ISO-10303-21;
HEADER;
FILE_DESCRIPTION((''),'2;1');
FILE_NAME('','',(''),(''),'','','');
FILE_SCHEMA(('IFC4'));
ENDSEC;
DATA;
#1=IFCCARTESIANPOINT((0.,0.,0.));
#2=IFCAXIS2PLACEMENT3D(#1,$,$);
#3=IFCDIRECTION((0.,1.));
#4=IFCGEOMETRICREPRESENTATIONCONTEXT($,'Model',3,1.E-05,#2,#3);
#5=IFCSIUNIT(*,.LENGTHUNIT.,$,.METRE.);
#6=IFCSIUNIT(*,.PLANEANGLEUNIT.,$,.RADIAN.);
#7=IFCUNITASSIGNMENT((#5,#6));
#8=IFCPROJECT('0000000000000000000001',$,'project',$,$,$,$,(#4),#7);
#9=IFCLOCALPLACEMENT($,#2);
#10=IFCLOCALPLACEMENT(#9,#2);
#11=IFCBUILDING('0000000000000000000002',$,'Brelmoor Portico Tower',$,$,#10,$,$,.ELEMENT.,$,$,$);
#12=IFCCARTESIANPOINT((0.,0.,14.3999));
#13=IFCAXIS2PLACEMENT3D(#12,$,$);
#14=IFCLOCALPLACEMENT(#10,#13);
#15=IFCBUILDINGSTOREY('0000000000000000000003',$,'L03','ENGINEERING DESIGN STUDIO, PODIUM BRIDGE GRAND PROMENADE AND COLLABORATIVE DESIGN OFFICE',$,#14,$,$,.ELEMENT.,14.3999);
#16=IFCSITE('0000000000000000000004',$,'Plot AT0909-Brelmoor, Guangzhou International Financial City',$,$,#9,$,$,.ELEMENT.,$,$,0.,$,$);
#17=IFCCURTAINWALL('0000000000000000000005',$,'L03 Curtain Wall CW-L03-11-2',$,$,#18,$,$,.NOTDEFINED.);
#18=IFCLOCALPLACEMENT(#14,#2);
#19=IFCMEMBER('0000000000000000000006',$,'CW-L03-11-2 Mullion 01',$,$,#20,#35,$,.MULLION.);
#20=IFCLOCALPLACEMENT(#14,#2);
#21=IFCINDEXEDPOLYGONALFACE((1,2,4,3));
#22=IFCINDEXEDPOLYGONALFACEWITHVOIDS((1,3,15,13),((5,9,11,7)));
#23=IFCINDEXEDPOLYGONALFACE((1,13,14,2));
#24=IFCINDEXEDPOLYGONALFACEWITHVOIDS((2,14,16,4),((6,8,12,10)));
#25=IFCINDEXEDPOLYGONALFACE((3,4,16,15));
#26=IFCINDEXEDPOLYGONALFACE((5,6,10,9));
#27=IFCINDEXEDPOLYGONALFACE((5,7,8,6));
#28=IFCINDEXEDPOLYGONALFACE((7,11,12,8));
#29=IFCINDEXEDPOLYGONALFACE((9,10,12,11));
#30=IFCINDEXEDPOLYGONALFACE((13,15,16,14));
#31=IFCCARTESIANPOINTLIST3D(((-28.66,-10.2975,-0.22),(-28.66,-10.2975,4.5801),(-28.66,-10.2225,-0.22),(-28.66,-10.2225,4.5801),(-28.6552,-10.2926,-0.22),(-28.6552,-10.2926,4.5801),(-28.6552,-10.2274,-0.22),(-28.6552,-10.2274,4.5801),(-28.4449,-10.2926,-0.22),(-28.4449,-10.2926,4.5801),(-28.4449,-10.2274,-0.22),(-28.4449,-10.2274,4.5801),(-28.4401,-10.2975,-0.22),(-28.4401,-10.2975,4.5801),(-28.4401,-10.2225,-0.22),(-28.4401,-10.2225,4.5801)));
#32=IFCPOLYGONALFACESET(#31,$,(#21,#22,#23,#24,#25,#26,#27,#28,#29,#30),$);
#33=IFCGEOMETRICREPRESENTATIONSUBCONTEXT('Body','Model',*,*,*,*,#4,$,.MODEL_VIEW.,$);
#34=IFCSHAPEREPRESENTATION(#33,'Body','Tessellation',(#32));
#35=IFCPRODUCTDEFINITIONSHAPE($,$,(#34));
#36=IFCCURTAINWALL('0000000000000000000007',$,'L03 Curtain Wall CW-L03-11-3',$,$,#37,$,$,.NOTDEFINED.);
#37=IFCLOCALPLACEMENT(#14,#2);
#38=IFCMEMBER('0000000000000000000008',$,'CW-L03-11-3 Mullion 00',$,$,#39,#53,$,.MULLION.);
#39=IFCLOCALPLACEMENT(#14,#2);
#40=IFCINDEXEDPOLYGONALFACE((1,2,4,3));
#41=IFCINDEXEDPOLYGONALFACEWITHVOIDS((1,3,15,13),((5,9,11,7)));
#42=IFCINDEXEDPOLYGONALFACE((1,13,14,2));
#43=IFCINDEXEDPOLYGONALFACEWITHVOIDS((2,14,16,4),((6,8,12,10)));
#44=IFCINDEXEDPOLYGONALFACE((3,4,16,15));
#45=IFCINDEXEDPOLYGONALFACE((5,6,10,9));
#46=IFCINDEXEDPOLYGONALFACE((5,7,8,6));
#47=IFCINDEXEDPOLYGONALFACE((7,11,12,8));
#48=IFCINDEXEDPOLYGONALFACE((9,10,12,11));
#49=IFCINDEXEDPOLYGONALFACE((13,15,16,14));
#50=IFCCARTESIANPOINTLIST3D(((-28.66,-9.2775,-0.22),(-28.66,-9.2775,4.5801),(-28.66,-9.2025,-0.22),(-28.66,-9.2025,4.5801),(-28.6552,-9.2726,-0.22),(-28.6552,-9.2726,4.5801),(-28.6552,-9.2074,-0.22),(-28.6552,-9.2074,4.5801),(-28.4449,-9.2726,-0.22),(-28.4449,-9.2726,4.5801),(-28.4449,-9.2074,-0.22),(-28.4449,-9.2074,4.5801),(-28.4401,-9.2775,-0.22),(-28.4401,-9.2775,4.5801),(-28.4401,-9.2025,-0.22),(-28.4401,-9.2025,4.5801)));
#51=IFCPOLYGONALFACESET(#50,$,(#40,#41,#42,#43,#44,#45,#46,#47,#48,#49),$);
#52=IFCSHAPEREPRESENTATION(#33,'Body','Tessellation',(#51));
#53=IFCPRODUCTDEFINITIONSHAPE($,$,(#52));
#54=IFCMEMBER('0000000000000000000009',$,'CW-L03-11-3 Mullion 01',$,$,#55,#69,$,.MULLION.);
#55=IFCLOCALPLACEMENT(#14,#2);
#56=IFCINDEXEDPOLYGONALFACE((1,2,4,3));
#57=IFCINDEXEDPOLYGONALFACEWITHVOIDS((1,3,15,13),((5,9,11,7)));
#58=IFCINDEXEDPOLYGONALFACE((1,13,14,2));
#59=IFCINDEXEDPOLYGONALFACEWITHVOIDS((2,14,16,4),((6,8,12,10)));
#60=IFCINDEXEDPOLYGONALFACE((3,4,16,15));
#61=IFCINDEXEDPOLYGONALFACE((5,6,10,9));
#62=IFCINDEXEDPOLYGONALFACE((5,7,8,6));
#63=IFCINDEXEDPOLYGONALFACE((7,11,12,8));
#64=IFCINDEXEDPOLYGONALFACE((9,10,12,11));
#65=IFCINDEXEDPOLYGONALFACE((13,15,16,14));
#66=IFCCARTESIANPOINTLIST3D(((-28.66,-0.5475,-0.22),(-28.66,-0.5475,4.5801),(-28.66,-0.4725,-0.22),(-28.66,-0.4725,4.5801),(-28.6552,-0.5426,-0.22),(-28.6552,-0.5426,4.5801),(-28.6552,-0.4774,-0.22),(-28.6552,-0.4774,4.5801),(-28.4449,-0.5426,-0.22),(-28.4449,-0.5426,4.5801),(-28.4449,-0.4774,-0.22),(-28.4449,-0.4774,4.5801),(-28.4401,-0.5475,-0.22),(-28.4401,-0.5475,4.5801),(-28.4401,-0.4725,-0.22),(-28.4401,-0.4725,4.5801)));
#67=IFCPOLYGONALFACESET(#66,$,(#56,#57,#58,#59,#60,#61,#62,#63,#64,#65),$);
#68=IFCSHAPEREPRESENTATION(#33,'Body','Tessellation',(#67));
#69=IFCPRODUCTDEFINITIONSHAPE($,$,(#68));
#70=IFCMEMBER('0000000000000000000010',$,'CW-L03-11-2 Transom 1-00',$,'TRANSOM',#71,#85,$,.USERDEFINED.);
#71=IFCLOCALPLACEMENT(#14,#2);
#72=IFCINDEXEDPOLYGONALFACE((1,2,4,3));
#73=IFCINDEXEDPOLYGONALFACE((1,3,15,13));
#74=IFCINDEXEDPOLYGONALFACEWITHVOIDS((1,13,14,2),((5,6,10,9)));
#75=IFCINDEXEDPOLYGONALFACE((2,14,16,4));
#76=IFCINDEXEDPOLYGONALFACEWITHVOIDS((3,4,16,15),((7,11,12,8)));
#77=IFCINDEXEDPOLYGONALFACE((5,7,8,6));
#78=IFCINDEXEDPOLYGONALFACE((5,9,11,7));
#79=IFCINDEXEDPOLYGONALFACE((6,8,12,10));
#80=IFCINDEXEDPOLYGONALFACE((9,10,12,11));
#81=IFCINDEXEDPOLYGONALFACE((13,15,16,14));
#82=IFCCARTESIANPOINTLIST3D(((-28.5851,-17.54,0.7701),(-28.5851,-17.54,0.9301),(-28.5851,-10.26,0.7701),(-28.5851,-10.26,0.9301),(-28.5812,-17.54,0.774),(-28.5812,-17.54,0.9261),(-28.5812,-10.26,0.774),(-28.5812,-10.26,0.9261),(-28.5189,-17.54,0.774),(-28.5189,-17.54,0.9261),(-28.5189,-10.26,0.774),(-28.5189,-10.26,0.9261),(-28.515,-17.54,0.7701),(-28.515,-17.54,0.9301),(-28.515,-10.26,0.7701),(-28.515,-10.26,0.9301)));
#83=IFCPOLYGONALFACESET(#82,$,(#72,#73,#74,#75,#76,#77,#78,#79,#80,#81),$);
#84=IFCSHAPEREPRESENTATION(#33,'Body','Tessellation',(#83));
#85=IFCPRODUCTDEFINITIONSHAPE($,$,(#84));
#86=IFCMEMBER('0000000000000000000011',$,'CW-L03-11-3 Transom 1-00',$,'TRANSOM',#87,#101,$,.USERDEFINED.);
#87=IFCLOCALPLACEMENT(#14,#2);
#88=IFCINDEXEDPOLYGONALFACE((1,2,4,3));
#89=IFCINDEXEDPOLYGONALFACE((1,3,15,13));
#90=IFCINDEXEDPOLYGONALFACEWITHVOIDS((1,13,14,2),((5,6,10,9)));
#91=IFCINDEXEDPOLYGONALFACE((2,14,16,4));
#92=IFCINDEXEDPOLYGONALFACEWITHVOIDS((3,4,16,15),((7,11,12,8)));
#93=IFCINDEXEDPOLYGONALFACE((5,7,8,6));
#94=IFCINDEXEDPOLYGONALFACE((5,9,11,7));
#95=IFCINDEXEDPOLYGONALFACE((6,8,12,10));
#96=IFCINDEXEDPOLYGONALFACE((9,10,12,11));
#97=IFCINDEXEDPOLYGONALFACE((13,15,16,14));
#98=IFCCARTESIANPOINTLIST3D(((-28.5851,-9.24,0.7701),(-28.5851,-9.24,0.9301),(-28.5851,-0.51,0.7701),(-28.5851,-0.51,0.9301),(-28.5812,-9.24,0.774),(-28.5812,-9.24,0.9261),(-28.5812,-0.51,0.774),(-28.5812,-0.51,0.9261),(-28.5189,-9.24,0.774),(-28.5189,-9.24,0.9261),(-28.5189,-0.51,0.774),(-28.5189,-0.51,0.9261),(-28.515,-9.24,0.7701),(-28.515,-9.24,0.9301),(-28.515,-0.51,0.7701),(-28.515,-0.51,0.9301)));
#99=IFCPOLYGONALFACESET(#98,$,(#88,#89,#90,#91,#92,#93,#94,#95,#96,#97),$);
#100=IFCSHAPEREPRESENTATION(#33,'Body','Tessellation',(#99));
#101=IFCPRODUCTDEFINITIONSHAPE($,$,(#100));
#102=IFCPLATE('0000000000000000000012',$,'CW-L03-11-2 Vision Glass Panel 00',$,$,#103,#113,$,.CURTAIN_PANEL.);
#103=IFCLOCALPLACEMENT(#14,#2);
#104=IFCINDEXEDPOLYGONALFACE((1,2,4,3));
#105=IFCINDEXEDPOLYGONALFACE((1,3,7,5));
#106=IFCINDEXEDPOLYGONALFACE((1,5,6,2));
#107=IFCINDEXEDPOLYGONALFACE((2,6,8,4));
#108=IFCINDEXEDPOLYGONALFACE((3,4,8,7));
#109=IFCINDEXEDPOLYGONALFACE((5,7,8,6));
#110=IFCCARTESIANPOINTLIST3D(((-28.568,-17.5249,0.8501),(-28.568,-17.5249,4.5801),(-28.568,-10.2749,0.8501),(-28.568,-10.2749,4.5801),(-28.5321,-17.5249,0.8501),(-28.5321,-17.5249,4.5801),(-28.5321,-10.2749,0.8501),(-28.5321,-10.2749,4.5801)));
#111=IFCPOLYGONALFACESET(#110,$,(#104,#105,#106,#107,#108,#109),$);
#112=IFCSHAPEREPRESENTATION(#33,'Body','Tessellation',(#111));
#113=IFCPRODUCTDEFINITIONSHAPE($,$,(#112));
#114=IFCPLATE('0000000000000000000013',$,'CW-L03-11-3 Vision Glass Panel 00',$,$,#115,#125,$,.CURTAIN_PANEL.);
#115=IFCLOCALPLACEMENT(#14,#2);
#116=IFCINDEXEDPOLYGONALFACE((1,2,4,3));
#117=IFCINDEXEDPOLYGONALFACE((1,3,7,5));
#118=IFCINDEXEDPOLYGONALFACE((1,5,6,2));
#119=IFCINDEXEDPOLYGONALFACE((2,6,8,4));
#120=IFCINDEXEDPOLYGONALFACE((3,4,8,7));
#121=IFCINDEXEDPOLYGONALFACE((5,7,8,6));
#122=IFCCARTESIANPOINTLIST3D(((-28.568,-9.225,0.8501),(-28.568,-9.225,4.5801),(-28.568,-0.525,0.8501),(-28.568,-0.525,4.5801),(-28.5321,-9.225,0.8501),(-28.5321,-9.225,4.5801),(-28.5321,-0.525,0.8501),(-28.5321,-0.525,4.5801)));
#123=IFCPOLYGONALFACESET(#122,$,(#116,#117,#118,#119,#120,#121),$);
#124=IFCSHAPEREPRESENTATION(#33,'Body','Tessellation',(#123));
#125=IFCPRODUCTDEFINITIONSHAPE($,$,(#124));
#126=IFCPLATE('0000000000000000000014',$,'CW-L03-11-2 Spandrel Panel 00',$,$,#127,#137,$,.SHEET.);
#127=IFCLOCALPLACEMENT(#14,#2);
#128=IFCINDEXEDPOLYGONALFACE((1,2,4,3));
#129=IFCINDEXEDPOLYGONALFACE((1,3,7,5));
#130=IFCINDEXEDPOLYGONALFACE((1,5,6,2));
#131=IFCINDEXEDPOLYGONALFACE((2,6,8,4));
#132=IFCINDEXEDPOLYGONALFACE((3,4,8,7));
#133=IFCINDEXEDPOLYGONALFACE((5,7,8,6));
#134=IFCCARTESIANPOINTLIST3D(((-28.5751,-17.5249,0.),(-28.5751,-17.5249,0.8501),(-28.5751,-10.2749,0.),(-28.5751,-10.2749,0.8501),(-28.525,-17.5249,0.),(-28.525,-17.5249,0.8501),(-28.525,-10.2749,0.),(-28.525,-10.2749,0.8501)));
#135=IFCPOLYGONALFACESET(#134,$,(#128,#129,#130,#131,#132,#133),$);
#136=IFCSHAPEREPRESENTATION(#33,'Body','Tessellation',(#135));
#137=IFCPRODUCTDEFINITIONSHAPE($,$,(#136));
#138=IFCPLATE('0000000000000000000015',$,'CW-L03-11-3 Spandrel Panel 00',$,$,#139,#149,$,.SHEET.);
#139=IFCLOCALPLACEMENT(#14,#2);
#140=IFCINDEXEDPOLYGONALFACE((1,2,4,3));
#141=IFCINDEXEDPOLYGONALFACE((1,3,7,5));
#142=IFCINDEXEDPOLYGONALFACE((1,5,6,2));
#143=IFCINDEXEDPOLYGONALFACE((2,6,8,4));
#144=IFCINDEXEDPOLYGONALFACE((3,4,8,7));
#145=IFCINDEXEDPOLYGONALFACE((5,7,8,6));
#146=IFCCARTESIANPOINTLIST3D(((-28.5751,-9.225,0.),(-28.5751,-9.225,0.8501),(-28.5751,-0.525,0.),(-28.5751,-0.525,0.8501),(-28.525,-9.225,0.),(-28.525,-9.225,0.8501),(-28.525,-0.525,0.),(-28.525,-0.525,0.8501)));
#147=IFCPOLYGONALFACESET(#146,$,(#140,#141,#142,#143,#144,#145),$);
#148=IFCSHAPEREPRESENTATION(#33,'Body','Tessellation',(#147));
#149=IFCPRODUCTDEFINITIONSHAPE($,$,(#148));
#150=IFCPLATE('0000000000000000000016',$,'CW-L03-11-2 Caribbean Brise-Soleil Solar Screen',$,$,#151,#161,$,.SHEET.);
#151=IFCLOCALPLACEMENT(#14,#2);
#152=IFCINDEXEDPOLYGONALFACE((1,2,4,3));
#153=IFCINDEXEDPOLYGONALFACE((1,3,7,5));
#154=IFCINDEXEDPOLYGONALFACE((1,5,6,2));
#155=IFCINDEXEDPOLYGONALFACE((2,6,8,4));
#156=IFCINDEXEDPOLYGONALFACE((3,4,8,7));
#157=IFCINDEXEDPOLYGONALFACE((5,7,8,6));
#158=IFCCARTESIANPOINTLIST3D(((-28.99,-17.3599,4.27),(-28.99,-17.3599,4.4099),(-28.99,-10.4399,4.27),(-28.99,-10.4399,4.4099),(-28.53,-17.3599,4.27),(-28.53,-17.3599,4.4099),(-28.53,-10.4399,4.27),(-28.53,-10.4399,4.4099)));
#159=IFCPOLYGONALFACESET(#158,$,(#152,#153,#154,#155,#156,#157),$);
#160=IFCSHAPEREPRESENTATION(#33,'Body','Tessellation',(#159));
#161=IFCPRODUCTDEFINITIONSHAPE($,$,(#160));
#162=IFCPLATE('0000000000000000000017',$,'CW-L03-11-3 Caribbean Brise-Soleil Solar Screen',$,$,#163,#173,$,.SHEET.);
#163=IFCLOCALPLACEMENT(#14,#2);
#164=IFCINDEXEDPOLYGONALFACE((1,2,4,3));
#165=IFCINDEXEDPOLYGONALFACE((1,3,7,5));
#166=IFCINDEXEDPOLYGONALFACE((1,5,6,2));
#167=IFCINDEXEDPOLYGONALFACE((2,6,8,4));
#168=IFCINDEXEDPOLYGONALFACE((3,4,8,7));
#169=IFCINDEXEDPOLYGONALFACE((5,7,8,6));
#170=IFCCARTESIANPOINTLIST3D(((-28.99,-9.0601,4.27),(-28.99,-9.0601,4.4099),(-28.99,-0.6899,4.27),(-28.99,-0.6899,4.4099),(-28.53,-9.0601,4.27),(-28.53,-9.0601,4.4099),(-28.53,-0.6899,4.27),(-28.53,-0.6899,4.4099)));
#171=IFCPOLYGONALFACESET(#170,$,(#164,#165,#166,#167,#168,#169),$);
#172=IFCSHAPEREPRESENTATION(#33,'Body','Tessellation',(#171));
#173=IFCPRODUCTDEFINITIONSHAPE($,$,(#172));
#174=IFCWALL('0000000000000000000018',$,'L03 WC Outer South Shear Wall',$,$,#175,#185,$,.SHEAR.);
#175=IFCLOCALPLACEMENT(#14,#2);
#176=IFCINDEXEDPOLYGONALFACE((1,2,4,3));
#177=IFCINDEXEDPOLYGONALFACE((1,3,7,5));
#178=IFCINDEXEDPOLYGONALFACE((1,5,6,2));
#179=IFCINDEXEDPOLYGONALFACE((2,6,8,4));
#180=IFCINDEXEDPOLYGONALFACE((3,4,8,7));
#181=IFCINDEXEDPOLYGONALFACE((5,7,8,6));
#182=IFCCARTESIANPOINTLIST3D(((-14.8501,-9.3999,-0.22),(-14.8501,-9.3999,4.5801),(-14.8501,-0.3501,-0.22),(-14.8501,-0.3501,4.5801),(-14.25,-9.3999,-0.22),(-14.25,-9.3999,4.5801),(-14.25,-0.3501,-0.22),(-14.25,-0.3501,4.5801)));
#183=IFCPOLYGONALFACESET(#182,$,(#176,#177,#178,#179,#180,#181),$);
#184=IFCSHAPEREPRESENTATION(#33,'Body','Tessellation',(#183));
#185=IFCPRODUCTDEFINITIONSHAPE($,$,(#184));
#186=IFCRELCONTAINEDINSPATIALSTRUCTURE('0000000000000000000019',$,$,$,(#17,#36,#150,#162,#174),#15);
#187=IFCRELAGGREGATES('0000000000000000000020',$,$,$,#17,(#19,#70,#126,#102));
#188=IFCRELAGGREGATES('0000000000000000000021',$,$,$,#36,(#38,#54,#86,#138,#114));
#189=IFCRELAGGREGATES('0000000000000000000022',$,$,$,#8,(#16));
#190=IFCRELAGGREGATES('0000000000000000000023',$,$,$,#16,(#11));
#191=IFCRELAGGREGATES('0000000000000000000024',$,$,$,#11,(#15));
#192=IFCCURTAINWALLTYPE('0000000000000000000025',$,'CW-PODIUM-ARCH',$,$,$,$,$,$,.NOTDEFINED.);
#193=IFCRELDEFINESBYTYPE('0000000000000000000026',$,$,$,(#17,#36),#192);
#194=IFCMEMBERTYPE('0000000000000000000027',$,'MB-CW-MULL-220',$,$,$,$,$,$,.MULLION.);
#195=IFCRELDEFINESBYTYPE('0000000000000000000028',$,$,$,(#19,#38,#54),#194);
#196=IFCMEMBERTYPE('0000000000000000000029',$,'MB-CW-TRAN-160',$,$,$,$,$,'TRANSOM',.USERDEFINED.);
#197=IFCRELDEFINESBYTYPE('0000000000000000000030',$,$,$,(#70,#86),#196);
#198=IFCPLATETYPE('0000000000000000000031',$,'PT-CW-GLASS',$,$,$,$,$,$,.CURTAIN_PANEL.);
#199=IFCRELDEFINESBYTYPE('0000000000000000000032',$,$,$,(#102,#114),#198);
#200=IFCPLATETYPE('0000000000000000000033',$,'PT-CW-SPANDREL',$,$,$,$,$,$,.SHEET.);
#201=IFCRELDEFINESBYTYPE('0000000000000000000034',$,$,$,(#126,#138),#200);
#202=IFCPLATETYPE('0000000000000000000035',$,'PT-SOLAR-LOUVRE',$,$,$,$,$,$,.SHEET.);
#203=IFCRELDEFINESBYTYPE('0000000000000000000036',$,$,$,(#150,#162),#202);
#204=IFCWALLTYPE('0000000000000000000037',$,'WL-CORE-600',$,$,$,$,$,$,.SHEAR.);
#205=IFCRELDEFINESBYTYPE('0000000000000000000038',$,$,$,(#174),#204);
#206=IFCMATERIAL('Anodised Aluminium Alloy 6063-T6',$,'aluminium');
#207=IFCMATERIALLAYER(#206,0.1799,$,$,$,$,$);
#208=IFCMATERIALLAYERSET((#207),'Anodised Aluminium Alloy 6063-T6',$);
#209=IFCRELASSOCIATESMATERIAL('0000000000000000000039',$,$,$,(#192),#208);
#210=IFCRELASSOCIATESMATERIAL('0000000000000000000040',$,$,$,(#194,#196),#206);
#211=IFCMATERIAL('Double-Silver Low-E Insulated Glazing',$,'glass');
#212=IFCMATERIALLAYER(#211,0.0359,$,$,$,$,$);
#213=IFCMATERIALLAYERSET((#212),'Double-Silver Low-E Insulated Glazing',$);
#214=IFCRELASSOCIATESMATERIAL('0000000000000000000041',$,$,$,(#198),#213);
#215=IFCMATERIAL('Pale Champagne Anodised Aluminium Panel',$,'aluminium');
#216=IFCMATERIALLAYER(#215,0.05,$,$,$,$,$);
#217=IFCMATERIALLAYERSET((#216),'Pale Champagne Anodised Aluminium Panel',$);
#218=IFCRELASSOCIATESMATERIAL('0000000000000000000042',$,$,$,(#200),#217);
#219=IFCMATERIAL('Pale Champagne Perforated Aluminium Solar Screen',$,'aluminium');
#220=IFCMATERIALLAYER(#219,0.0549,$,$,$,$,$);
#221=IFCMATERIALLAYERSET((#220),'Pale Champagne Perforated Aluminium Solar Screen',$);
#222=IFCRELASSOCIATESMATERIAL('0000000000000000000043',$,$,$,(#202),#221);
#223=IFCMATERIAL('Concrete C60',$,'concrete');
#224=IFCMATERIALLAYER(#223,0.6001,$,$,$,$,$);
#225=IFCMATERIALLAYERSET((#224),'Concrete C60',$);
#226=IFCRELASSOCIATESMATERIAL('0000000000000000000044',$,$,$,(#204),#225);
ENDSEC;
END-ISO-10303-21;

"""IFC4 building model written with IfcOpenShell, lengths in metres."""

from ifc_helpers import new_model, si_unit, direction, frame, frame_2d, origin, origin_2d, place, context, subcontext, project, spatial, rectangle, hollow_rectangle, extrude, material, layer, layer_set, material_profile, profile_set, type_object, element, aggregate, save


model = new_model("IFC4")

# Units and contexts
model_context = context("Model", 3, precision=1e-05, world=origin(), true_north=direction((0.0, 1.0)))
body_context = subcontext(model_context, "Body", "Model", "MODEL_VIEW")
ifc_project = project(units=[si_unit("LENGTHUNIT", "METRE"), si_unit("PLANEANGLEUNIT", "RADIAN")], contexts=[model_context])

# Site, building, storey
site_placement = place(None, origin())
site = spatial("IfcSite", under=ifc_project, at=site_placement, Name="Plot AT0909-Brelmoor, Guangzhou International Financial City", CompositionType="ELEMENT", RefElevation=0.0)
building_placement = place(site_placement, origin())
building = spatial("IfcBuilding", under=site, at=building_placement, Name="Brelmoor Portico Tower", CompositionType="ELEMENT")
storey_placement = place(building_placement, frame((0.0, 0.0, 14.3999)))
storey = spatial("IfcBuildingStorey", under=building, at=storey_placement, Name="L03", Description="ENGINEERING DESIGN STUDIO, PODIUM BRIDGE GRAND PROMENADE AND COLLABORATIVE DESIGN OFFICE", CompositionType="ELEMENT", Elevation=14.3999)

# Curtain walls, members
ifc_material_1 = material(Name="Anodised Aluminium Alloy 6063-T6", Category="aluminium")
ifc_layer_1 = layer(ifc_material_1, 0.1799)
ifc_layer_set_1 = layer_set([ifc_layer_1], Name="Anodised Aluminium Alloy 6063-T6")
curtain_wall_type = type_object("IfcCurtainWallType", Name="CW-PODIUM-ARCH", PredefinedType="NOTDEFINED", material=ifc_layer_set_1)
curtain_wall_1_placement = place(storey_placement, origin())
curtain_wall_1 = element("IfcCurtainWall", 1, at=curtain_wall_1_placement, inside=storey, type_object=curtain_wall_type, Name="L03 Curtain Wall CW-L03-11-2", PredefinedType="NOTDEFINED")
ifc_material_profile_1 = material_profile(ifc_material_1, hollow_rectangle(XDim=0.075, YDim=0.22, WallThickness=0.0049, at=origin_2d()), Name="ALU MULLION 75x220")
ifc_profile_set_1 = profile_set([ifc_material_profile_1], Name="Anodised Aluminium Alloy 6063-T6")
member_type_1 = type_object("IfcMemberType", Name="MB-CW-MULL-220", PredefinedType="MULLION", material=ifc_profile_set_1)
member_1_placement = place(storey_placement, frame((-28.55, -10.26, -0.22), z_axis=(0.0, 0.0, 1.0), x_axis=(0.0, 1.0, 0.0)))
member_1 = element("IfcMember", 2, at=member_1_placement, type_object=member_type_1, Name="CW-L03-11-2 Mullion 01", PredefinedType="MULLION", context=body_context, shape_type="SweptSolid", body=[
    extrude(hollow_rectangle(XDim=0.075, YDim=0.22, WallThickness=0.0049, at=origin_2d()), origin(), (0.0, 0.0, 1.0), 4.8),
])
curtain_wall_2_placement = place(storey_placement, origin())
curtain_wall_2 = element("IfcCurtainWall", 3, at=curtain_wall_2_placement, inside=storey, type_object=curtain_wall_type, Name="L03 Curtain Wall CW-L03-11-3", PredefinedType="NOTDEFINED")
member_2_placement = place(storey_placement, frame((-28.55, -9.24, -0.22), z_axis=(0.0, 0.0, 1.0), x_axis=(0.0, 1.0, 0.0)))
member_2 = element("IfcMember", 4, at=member_2_placement, type_object=member_type_1, Name="CW-L03-11-3 Mullion 00", PredefinedType="MULLION", context=body_context, shape_type="SweptSolid", body=[
    extrude(hollow_rectangle(XDim=0.075, YDim=0.22, WallThickness=0.0049, at=origin_2d()), origin(), (0.0, 0.0, 1.0), 4.8),
])
member_3_placement = place(storey_placement, frame((-28.55, -0.51, -0.22), z_axis=(0.0, 0.0, 1.0), x_axis=(0.0, 1.0, 0.0)))
member_3 = element("IfcMember", 5, at=member_3_placement, type_object=member_type_1, Name="CW-L03-11-3 Mullion 01", PredefinedType="MULLION", context=body_context, shape_type="SweptSolid", body=[
    extrude(hollow_rectangle(XDim=0.075, YDim=0.22, WallThickness=0.0049, at=origin_2d()), origin(), (0.0, 0.0, 1.0), 4.8),
])

# Members
ifc_material_profile_2 = material_profile(ifc_material_1, hollow_rectangle(XDim=0.0701, YDim=0.1599, WallThickness=0.0039, at=origin_2d()), Name="ALU TRANSOM 70x160")
ifc_profile_set_2 = profile_set([ifc_material_profile_2], Name="Anodised Aluminium Alloy 6063-T6")
member_type_2 = type_object("IfcMemberType", Name="MB-CW-TRAN-160", ElementType="TRANSOM", PredefinedType="USERDEFINED", material=ifc_profile_set_2)
member_4_placement = place(storey_placement, frame((-28.55, -17.54, 0.8501), z_axis=(0.0, 1.0, 0.0), x_axis=(-1.0, 0.0, 0.0)))
member_4 = element("IfcMember", 6, at=member_4_placement, type_object=member_type_2, Name="CW-L03-11-2 Transom 1-00", ObjectType="TRANSOM", PredefinedType="USERDEFINED", context=body_context, shape_type="SweptSolid", body=[
    extrude(hollow_rectangle(XDim=0.0701, YDim=0.1599, WallThickness=0.0039, at=origin_2d()), origin(), (0.0, 0.0, 1.0), 7.28),
])
member_5_placement = place(storey_placement, frame((-28.55, -9.24, 0.8501), z_axis=(0.0, 1.0, 0.0), x_axis=(-1.0, 0.0, 0.0)))
member_5 = element("IfcMember", 7, at=member_5_placement, type_object=member_type_2, Name="CW-L03-11-3 Transom 1-00", ObjectType="TRANSOM", PredefinedType="USERDEFINED", context=body_context, shape_type="SweptSolid", body=[
    extrude(hollow_rectangle(XDim=0.0701, YDim=0.1599, WallThickness=0.0039, at=origin_2d()), origin(), (0.0, 0.0, 1.0), 8.73),
])

# Plates
ifc_material_2 = material(Name="Double-Silver Low-E Insulated Glazing", Category="glass")
ifc_layer_2 = layer(ifc_material_2, 0.0359)
ifc_layer_set_2 = layer_set([ifc_layer_2], Name="Double-Silver Low-E Insulated Glazing")
plate_type_1 = type_object("IfcPlateType", Name="PT-CW-GLASS", PredefinedType="CURTAIN_PANEL", material=ifc_layer_set_2)
plate_1_placement = place(storey_placement, frame((-28.55, -13.8999, 0.8501), z_axis=(0.0, 0.0, 1.0), x_axis=(0.0, 1.0, 0.0)))
plate_1 = element("IfcPlate", 8, at=plate_1_placement, type_object=plate_type_1, Name="CW-L03-11-2 Vision Glass Panel 00", PredefinedType="CURTAIN_PANEL", context=body_context, shape_type="SweptSolid", body=[
    extrude(rectangle(XDim=7.25, YDim=0.0359, at=origin_2d()), origin(), (0.0, 0.0, 1.0), 3.73),
])
plate_2_placement = place(storey_placement, frame((-28.55, -4.875, 0.8501), z_axis=(0.0, 0.0, 1.0), x_axis=(0.0, 1.0, 0.0)))
plate_2 = element("IfcPlate", 9, at=plate_2_placement, type_object=plate_type_1, Name="CW-L03-11-3 Vision Glass Panel 00", PredefinedType="CURTAIN_PANEL", context=body_context, shape_type="SweptSolid", body=[
    extrude(rectangle(XDim=8.7, YDim=0.0359, at=origin_2d()), origin(), (0.0, 0.0, 1.0), 3.73),
])
ifc_material_3 = material(Name="Pale Champagne Anodised Aluminium Panel", Category="aluminium")
ifc_layer_3 = layer(ifc_material_3, 0.05)
ifc_layer_set_3 = layer_set([ifc_layer_3], Name="Pale Champagne Anodised Aluminium Panel")
plate_type_2 = type_object("IfcPlateType", Name="PT-CW-SPANDREL", PredefinedType="SHEET", material=ifc_layer_set_3)
plate_3_placement = place(storey_placement, frame((-28.55, -13.8999, 0.0), z_axis=(0.0, 0.0, 1.0), x_axis=(0.0, 1.0, 0.0)))
plate_3 = element("IfcPlate", 10, at=plate_3_placement, type_object=plate_type_2, Name="CW-L03-11-2 Spandrel Panel 00", PredefinedType="SHEET", context=body_context, shape_type="SweptSolid", body=[
    extrude(rectangle(XDim=7.25, YDim=0.05, at=origin_2d()), origin(), (0.0, 0.0, 1.0), 0.8501),
])
aggregate(curtain_wall_1, [member_1, member_4, plate_3, plate_1])
plate_4_placement = place(storey_placement, frame((-28.55, -4.875, 0.0), z_axis=(0.0, 0.0, 1.0), x_axis=(0.0, 1.0, 0.0)))
plate_4 = element("IfcPlate", 11, at=plate_4_placement, type_object=plate_type_2, Name="CW-L03-11-3 Spandrel Panel 00", PredefinedType="SHEET", context=body_context, shape_type="SweptSolid", body=[
    extrude(rectangle(XDim=8.7, YDim=0.05, at=origin_2d()), origin(), (0.0, 0.0, 1.0), 0.8501),
])
aggregate(curtain_wall_2, [member_2, member_3, member_5, plate_4, plate_2])

# Plates
ifc_material_4 = material(Name="Pale Champagne Perforated Aluminium Solar Screen", Category="aluminium")
ifc_layer_4 = layer(ifc_material_4, 0.0549)
ifc_layer_set_4 = layer_set([ifc_layer_4], Name="Pale Champagne Perforated Aluminium Solar Screen")
plate_type_3 = type_object("IfcPlateType", Name="PT-SOLAR-LOUVRE", PredefinedType="SHEET", material=ifc_layer_set_4)
plate_5_placement = place(storey_placement, frame((-28.76, -13.8999, 4.27), z_axis=(0.0, 0.0, 1.0), x_axis=(0.0, 1.0, 0.0)))
element("IfcPlate", 12, at=plate_5_placement, inside=storey, type_object=plate_type_3, Name="CW-L03-11-2 Caribbean Brise-Soleil Solar Screen", PredefinedType="SHEET", context=body_context, shape_type="SweptSolid", body=[
    extrude(rectangle(XDim=6.9199, YDim=0.46, at=origin_2d()), origin(), (0.0, 0.0, 1.0), 0.1399),
])
plate_6_placement = place(storey_placement, frame((-28.76, -4.875, 4.27), z_axis=(0.0, 0.0, 1.0), x_axis=(0.0, 1.0, 0.0)))
element("IfcPlate", 13, at=plate_6_placement, inside=storey, type_object=plate_type_3, Name="CW-L03-11-3 Caribbean Brise-Soleil Solar Screen", PredefinedType="SHEET", context=body_context, shape_type="SweptSolid", body=[
    extrude(rectangle(XDim=8.3701, YDim=0.46, at=origin_2d()), origin(), (0.0, 0.0, 1.0), 0.1399),
])

# Wall
ifc_material_5 = material(Name="Concrete C60", Category="concrete")
ifc_layer_5 = layer(ifc_material_5, 0.6001)
ifc_layer_set_5 = layer_set([ifc_layer_5], Name="Concrete C60")
wall_type_1 = type_object("IfcWallType", Name="WL-CORE-600", PredefinedType="SHEAR", material=ifc_layer_set_5)
wall_1_placement = place(storey_placement, frame((-14.55, -9.3999, -0.22), z_axis=(0.0, 0.0, 1.0), x_axis=(0.0, 1.0, 0.0)))
element("IfcWall", 14, at=wall_1_placement, inside=storey, type_object=wall_type_1, Name="L03 WC Outer South Shear Wall", PredefinedType="SHEAR", context=body_context, shape_type="SweptSolid", body=[
    extrude(rectangle(XDim=9.0498, YDim=0.6001, at=frame_2d((4.5249, 0.0))), origin(), (0.0, 0.0, 1.0), 4.8),
])

save(model, "model.ifc")
